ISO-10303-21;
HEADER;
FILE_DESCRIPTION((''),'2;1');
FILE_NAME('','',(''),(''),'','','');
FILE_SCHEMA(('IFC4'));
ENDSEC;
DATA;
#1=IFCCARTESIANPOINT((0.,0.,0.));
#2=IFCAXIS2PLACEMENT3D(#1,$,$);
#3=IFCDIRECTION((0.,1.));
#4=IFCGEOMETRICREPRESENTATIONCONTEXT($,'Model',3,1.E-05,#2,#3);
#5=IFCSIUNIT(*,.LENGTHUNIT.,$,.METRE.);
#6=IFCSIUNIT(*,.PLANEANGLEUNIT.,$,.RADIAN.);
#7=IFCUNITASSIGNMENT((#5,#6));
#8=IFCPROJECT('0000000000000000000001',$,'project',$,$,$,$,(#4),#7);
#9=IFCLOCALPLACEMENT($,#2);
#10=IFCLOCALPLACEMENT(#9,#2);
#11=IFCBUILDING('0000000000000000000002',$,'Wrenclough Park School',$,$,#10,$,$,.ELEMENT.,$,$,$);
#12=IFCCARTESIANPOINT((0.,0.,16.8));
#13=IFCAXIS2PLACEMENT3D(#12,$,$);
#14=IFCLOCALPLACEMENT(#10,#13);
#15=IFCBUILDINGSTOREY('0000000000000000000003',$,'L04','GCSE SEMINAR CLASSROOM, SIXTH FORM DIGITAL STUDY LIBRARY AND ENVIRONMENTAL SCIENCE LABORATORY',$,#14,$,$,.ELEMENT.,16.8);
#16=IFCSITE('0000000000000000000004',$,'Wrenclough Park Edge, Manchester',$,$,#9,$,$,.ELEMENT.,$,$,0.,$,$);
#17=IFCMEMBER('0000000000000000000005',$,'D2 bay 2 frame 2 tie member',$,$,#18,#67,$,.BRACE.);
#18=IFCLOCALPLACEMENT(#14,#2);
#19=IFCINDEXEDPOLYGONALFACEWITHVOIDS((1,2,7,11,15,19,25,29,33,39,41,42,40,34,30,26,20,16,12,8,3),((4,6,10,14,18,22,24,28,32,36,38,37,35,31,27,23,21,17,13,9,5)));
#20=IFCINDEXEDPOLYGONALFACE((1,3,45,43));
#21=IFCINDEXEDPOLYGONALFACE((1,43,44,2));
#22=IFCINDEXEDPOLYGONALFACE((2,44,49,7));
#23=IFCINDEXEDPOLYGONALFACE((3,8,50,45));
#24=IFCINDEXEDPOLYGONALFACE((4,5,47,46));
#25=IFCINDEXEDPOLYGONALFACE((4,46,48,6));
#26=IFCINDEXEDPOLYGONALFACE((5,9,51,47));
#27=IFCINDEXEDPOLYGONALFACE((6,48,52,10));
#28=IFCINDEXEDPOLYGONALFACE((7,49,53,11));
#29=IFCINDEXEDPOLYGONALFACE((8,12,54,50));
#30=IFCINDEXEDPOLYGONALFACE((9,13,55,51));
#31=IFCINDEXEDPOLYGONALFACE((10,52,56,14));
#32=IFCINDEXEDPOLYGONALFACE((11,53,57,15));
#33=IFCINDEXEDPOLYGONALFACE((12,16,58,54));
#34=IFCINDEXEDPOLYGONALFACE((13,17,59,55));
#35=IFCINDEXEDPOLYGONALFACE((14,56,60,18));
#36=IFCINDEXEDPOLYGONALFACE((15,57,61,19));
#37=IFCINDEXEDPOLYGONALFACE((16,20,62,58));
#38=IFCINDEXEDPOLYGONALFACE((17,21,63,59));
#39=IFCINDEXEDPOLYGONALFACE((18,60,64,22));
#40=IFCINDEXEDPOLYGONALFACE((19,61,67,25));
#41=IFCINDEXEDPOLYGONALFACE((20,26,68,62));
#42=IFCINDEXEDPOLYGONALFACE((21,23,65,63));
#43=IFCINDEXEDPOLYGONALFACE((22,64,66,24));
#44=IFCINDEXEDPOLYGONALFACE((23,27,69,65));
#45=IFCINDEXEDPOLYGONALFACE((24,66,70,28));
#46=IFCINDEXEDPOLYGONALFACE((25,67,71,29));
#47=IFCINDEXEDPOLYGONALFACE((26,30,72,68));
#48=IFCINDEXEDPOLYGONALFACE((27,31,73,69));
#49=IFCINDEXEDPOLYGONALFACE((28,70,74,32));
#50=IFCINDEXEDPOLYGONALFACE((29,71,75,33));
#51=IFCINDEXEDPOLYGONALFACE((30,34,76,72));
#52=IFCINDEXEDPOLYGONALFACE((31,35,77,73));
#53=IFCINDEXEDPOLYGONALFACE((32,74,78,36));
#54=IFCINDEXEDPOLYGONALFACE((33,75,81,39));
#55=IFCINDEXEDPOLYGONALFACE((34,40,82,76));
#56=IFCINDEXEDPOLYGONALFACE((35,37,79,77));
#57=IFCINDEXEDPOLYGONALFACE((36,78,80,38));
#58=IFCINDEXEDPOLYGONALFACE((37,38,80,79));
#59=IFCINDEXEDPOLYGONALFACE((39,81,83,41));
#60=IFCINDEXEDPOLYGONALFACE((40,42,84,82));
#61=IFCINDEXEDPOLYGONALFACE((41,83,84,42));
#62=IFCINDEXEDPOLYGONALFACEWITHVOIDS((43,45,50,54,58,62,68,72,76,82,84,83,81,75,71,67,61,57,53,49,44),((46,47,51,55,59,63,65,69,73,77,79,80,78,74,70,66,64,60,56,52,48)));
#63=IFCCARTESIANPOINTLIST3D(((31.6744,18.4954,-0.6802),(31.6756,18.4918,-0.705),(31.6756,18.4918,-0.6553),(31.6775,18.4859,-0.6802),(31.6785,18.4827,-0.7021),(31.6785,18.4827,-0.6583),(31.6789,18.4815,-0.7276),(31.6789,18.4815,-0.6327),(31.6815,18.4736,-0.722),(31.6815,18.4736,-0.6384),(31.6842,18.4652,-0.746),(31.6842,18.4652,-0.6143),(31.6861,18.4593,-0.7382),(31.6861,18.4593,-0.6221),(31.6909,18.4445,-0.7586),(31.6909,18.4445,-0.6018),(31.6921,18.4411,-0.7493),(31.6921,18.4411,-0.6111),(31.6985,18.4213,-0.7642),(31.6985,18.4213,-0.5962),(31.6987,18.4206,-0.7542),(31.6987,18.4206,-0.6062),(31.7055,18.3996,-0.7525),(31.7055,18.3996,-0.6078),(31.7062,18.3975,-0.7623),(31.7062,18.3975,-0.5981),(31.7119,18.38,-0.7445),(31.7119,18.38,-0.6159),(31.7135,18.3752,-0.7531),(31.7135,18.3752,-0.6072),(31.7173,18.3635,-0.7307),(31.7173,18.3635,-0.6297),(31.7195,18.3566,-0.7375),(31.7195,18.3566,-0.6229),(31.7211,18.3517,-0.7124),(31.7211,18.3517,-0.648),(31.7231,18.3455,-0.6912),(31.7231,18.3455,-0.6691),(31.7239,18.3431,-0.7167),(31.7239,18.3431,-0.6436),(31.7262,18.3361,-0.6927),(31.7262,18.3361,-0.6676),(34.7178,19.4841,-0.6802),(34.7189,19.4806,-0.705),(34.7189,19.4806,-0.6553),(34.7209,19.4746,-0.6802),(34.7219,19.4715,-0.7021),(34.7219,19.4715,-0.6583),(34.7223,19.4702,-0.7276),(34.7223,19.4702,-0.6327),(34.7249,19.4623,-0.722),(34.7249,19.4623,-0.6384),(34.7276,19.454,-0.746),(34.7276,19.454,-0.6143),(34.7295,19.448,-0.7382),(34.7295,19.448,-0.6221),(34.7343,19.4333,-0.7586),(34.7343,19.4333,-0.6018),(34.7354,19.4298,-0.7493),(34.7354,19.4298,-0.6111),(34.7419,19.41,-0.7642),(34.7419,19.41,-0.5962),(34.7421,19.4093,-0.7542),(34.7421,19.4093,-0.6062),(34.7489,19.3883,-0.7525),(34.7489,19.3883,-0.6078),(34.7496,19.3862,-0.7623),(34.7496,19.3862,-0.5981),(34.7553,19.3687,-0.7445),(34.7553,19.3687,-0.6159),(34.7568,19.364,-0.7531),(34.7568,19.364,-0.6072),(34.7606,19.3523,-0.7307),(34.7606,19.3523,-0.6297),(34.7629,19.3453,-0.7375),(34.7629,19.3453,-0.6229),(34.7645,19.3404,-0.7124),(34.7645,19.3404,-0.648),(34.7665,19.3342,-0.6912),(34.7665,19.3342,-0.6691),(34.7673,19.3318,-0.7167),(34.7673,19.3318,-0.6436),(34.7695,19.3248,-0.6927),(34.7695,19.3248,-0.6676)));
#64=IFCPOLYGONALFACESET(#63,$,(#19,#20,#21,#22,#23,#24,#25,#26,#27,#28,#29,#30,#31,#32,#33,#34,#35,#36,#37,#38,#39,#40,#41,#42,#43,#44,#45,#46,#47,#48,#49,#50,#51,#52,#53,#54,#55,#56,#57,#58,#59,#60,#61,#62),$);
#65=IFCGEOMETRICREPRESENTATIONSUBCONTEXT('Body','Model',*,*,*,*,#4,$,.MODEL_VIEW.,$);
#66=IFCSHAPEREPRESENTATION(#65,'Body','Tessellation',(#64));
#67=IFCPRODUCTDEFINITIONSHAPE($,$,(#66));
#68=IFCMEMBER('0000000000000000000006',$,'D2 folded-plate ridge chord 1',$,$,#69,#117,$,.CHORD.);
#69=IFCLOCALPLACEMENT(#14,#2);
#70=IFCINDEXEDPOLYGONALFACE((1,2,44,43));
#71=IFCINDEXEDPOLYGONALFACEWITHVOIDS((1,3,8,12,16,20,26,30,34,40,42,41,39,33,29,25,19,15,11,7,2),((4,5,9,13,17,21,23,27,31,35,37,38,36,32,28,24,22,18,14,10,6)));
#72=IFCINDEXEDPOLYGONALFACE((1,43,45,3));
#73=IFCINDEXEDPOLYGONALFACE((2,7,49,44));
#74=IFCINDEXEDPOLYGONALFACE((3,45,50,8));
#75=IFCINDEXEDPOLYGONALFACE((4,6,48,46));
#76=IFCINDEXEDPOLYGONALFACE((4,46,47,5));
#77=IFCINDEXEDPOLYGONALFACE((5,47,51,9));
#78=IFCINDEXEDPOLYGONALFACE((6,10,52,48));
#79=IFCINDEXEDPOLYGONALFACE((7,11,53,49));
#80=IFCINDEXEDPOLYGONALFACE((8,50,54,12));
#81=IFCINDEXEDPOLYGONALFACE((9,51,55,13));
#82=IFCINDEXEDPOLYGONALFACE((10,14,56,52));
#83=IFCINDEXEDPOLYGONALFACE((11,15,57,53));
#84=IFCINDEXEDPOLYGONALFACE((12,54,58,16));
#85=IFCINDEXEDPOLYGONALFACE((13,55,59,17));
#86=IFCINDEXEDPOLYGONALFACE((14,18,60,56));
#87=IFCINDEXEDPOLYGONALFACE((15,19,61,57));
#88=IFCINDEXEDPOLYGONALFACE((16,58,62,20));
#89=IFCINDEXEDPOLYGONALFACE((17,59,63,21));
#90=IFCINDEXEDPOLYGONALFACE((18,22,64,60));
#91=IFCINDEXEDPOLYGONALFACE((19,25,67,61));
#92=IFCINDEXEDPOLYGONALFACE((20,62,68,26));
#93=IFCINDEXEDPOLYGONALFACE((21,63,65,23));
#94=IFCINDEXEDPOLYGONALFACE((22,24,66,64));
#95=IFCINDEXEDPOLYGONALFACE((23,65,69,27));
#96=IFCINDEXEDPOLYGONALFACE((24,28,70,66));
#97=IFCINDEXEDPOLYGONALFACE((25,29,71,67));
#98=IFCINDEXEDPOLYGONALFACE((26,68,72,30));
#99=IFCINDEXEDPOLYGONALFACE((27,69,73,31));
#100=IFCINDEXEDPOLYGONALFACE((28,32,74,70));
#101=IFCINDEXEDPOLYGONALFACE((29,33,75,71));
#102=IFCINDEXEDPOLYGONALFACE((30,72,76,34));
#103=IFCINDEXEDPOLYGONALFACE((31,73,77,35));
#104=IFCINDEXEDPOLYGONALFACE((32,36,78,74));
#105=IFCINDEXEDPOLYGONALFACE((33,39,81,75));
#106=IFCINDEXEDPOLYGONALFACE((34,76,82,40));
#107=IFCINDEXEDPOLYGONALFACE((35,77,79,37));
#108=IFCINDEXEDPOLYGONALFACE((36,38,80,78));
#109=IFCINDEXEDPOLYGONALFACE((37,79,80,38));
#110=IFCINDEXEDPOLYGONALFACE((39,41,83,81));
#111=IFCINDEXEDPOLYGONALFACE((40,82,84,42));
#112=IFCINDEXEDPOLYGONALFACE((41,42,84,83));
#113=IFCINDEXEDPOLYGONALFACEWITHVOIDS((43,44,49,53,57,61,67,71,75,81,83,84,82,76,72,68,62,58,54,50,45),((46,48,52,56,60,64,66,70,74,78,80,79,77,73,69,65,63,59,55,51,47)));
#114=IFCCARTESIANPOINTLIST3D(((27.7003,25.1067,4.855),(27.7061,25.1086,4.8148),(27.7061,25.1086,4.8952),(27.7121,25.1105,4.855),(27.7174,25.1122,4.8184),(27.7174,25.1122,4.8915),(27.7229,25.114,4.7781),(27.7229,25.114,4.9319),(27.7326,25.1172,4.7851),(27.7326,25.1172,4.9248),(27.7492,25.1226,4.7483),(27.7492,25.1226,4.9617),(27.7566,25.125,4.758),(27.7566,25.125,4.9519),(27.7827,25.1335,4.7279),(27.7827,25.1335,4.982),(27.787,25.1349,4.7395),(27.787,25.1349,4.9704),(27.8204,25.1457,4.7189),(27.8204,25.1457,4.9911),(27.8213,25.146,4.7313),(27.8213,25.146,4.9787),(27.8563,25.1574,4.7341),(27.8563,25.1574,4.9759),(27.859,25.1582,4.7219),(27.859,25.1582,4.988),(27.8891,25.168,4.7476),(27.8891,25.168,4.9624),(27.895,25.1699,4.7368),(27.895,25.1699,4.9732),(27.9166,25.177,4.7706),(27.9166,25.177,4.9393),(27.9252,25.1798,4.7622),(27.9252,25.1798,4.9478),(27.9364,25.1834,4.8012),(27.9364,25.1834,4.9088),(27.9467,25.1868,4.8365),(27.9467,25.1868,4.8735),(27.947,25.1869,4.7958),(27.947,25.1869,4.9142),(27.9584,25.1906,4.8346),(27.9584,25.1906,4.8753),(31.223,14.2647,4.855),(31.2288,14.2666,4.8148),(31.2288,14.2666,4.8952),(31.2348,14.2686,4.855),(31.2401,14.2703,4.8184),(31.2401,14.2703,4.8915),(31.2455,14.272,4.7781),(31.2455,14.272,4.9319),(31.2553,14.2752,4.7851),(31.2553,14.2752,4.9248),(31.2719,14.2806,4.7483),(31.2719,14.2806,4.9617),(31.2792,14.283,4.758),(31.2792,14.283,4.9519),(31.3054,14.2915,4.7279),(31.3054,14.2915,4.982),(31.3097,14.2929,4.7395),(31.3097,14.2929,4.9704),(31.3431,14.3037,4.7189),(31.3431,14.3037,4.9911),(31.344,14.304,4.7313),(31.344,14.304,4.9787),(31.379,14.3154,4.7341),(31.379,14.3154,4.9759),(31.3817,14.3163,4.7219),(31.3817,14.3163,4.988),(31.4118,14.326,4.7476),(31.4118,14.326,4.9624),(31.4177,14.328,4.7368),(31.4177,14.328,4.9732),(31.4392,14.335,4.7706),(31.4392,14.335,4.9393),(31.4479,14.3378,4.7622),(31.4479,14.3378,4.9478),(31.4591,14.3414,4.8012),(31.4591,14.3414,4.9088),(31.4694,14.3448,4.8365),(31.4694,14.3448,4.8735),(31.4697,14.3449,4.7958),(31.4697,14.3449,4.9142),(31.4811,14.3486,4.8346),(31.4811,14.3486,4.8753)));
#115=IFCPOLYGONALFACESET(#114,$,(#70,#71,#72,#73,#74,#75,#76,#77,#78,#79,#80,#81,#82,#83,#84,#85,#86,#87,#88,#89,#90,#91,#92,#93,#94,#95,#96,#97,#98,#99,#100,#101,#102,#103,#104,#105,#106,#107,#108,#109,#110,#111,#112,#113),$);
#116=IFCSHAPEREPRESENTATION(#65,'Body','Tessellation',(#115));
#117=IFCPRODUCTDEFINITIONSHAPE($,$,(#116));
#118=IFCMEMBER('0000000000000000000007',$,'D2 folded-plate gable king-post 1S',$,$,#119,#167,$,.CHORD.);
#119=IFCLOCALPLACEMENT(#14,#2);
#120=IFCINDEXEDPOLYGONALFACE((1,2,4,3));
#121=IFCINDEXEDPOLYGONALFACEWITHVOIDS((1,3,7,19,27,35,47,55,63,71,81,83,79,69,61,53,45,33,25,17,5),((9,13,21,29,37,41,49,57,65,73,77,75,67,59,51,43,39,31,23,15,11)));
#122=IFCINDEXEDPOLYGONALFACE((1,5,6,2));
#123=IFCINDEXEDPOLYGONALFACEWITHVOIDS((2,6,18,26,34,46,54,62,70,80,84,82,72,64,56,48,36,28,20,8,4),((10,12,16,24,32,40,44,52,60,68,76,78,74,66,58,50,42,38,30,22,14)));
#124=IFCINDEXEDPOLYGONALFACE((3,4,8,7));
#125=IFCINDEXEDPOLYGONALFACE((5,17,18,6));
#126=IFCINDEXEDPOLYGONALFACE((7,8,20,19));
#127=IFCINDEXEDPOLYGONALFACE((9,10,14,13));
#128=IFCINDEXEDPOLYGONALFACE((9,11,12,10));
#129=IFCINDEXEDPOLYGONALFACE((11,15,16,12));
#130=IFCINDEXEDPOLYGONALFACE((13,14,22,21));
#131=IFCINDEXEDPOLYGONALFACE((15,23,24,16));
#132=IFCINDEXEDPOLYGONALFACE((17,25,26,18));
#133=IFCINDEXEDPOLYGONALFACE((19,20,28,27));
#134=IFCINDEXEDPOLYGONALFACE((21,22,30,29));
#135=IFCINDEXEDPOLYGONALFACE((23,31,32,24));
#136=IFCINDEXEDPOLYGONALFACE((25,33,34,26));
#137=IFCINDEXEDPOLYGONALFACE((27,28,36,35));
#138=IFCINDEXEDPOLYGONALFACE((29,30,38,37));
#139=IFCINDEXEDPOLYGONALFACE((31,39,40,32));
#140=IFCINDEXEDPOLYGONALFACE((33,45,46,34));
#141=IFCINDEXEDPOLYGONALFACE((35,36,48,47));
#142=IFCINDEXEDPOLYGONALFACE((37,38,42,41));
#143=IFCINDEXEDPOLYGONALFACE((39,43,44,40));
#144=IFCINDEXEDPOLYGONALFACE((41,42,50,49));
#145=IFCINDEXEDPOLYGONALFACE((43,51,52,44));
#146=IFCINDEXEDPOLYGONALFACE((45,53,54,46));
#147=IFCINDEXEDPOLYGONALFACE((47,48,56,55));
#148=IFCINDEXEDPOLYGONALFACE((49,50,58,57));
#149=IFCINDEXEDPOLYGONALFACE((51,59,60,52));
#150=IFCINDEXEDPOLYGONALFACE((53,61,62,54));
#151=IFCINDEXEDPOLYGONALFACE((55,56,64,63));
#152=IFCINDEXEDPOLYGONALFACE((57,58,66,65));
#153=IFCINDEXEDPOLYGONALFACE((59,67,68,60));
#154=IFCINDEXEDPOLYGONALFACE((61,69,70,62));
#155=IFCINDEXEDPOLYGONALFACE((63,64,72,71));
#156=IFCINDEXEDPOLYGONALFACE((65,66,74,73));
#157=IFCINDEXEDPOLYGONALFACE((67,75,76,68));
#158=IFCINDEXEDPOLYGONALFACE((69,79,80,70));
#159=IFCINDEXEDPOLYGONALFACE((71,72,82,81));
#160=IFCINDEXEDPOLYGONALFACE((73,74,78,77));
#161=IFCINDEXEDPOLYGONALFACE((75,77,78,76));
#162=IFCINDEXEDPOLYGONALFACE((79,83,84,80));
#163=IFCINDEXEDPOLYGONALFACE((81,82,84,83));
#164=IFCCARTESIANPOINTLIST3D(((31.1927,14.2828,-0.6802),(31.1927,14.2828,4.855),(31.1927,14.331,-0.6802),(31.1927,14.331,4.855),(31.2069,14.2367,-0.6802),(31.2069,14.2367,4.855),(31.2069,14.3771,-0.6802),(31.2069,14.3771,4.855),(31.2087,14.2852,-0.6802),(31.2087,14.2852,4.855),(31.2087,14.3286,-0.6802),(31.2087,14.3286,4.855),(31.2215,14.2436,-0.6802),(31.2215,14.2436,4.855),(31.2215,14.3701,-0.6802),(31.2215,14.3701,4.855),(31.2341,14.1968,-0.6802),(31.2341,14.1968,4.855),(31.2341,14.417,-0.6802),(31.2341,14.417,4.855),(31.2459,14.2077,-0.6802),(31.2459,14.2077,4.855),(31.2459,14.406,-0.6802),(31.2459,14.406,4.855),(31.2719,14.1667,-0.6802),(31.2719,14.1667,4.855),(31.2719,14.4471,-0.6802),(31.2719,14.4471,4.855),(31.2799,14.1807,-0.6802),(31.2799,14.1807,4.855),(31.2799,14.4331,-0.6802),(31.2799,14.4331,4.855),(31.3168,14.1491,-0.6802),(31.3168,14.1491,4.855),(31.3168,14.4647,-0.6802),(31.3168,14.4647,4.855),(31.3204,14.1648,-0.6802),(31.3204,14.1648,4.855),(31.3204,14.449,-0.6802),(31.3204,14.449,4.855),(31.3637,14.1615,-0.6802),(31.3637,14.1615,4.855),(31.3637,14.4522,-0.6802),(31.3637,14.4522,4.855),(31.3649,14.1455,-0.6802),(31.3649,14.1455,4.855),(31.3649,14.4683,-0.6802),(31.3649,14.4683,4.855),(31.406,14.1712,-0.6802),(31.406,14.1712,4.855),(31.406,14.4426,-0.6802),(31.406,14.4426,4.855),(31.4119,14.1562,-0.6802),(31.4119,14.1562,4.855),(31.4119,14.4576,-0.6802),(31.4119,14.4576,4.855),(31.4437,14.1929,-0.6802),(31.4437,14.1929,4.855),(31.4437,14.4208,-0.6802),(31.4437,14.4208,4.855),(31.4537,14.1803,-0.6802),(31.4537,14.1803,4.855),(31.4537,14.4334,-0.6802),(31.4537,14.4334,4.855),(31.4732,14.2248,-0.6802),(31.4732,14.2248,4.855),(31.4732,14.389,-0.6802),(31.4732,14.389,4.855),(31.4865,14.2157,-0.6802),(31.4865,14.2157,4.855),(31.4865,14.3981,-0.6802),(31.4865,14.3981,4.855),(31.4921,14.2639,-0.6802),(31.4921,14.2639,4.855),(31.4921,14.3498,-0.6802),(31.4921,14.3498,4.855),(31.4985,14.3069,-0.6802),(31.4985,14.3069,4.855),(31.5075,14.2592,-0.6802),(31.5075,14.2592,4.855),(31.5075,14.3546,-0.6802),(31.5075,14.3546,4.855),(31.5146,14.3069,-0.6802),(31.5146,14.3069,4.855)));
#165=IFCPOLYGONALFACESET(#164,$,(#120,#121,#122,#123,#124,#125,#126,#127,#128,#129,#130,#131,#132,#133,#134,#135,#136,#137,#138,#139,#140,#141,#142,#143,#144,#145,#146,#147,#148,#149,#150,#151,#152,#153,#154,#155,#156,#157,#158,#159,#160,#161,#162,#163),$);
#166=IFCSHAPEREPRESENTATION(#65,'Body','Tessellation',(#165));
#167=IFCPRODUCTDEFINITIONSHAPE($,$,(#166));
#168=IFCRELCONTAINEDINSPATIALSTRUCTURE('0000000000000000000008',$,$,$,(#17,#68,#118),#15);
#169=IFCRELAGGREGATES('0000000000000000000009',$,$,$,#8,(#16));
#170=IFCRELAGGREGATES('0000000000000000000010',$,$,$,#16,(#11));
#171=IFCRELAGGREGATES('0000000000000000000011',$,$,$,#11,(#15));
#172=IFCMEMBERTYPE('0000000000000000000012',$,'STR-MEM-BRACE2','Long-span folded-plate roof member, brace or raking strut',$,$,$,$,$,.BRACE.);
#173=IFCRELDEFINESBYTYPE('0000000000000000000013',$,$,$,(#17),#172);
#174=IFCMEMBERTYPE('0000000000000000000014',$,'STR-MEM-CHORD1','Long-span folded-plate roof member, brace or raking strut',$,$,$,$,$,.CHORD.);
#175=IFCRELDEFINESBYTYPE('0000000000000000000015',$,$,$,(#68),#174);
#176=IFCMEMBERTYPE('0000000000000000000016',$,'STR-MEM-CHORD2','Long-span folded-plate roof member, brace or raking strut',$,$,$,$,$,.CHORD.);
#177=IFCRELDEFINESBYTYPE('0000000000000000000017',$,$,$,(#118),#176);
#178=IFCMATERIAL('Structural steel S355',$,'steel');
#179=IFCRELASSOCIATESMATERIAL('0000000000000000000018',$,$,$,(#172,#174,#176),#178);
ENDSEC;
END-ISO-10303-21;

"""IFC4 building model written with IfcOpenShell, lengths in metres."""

from ifc_helpers import new_model, si_unit, direction, frame, origin, origin_2d, place, context, subcontext, project, spatial, hollow_circle, extrude, material, material_profile, profile_set, type_object, element, save


model = new_model("IFC4")

# Units and contexts
model_context = context("Model", 3, precision=1e-05, world=origin(), true_north=direction((0.0, 1.0)))
body_context = subcontext(model_context, "Body", "Model", "MODEL_VIEW")
ifc_project = project(units=[si_unit("LENGTHUNIT", "METRE"), si_unit("PLANEANGLEUNIT", "RADIAN")], contexts=[model_context])

# Site, building, storey
site_placement = place(None, origin())
site = spatial("IfcSite", under=ifc_project, at=site_placement, Name="Wrenclough Park Edge, Manchester", CompositionType="ELEMENT", RefElevation=0.0)
building_placement = place(site_placement, origin())
building = spatial("IfcBuilding", under=site, at=building_placement, Name="Wrenclough Park School", CompositionType="ELEMENT")
storey_placement = place(building_placement, frame((0.0, 0.0, 16.8)))
storey = spatial("IfcBuildingStorey", under=building, at=storey_placement, Name="L04", Description="GCSE SEMINAR CLASSROOM, SIXTH FORM DIGITAL STUDY LIBRARY AND ENVIRONMENTAL SCIENCE LABORATORY", CompositionType="ELEMENT", Elevation=16.8)

# Shared definitions
ifc_material_1 = material(Name="Structural steel S355", Category="steel")

# Members
ifc_material_profile_1 = material_profile(ifc_material_1, hollow_circle(Radius=0.0842, WallThickness=0.01, at=origin_2d()), Name="CHS 168.3x10.0")
ifc_profile_set_1 = profile_set([ifc_material_profile_1], Name="Structural steel S355")
member_type_1 = type_object("IfcMemberType", Name="STR-MEM-BRACE2", Description="Long-span folded-plate roof member, brace or raking strut", PredefinedType="BRACE", material=ifc_profile_set_1)
for number, where, z_axis, x_axis, name in (
    (1, (31.7004, 18.4153, -0.6802), (0.951067, 0.308986, 0.0), (-0.308986, 0.951067, 0.0), "D2 bay 2 frame 2 tie member"),
):
    element("IfcMember", number, at=place(storey_placement, frame(where, z_axis=z_axis, x_axis=x_axis)), inside=storey, type_object=member_type_1, Name=name, PredefinedType="BRACE", context=body_context, shape_type="SweptSolid", body=[
        extrude(hollow_circle(Radius=0.0842, WallThickness=0.01, at=origin_2d()), origin(), (0.0, 0.0, 1.0), 3.2),
    ])
ifc_material_profile_2 = material_profile(ifc_material_1, hollow_circle(Radius=0.1365, WallThickness=0.0125, at=origin_2d()), Name="CHS 273.0x12.5")
ifc_profile_set_2 = profile_set([ifc_material_profile_2], Name="Structural steel S355")
member_type_2 = type_object("IfcMemberType", Name="STR-MEM-CHORD1", Description="Long-span folded-plate roof member, brace or raking strut", PredefinedType="CHORD", material=ifc_profile_set_2)
member_1_placement = place(storey_placement, frame((31.3528, 14.3069, 4.855), z_axis=(-0.30901, 0.951059, 0.0), x_axis=(-0.951059, -0.30901, 0.0)))
element("IfcMember", 2, at=member_1_placement, inside=storey, type_object=member_type_2, Name="D2 folded-plate ridge chord 1", PredefinedType="CHORD", context=body_context, shape_type="SweptSolid", body=[
    extrude(hollow_circle(Radius=0.1365, WallThickness=0.0125, at=origin_2d()), origin(), (0.0, 0.0, 1.0), 11.3999),
])
ifc_material_profile_3 = material_profile(ifc_material_1, hollow_circle(Radius=0.1619, WallThickness=0.0161, at=origin_2d()), Name="CHS 323.9x16.0")
ifc_profile_set_3 = profile_set([ifc_material_profile_3], Name="Structural steel S355")
member_type_3 = type_object("IfcMemberType", Name="STR-MEM-CHORD2", Description="Long-span folded-plate roof member, brace or raking strut", PredefinedType="CHORD", material=ifc_profile_set_3)
member_2_placement = place(storey_placement, frame((31.3528, 14.3069, -0.6802), z_axis=(0.0, 0.0, 1.0), x_axis=(1.0, 0.0, 0.0)))
element("IfcMember", 3, at=member_2_placement, inside=storey, type_object=member_type_3, Name="D2 folded-plate gable king-post 1S", PredefinedType="CHORD", context=body_context, shape_type="SweptSolid", body=[
    extrude(hollow_circle(Radius=0.1619, WallThickness=0.0161, at=origin_2d()), origin(), (0.0, 0.0, 1.0), 5.5352),
])

save(model, "model.ifc")
